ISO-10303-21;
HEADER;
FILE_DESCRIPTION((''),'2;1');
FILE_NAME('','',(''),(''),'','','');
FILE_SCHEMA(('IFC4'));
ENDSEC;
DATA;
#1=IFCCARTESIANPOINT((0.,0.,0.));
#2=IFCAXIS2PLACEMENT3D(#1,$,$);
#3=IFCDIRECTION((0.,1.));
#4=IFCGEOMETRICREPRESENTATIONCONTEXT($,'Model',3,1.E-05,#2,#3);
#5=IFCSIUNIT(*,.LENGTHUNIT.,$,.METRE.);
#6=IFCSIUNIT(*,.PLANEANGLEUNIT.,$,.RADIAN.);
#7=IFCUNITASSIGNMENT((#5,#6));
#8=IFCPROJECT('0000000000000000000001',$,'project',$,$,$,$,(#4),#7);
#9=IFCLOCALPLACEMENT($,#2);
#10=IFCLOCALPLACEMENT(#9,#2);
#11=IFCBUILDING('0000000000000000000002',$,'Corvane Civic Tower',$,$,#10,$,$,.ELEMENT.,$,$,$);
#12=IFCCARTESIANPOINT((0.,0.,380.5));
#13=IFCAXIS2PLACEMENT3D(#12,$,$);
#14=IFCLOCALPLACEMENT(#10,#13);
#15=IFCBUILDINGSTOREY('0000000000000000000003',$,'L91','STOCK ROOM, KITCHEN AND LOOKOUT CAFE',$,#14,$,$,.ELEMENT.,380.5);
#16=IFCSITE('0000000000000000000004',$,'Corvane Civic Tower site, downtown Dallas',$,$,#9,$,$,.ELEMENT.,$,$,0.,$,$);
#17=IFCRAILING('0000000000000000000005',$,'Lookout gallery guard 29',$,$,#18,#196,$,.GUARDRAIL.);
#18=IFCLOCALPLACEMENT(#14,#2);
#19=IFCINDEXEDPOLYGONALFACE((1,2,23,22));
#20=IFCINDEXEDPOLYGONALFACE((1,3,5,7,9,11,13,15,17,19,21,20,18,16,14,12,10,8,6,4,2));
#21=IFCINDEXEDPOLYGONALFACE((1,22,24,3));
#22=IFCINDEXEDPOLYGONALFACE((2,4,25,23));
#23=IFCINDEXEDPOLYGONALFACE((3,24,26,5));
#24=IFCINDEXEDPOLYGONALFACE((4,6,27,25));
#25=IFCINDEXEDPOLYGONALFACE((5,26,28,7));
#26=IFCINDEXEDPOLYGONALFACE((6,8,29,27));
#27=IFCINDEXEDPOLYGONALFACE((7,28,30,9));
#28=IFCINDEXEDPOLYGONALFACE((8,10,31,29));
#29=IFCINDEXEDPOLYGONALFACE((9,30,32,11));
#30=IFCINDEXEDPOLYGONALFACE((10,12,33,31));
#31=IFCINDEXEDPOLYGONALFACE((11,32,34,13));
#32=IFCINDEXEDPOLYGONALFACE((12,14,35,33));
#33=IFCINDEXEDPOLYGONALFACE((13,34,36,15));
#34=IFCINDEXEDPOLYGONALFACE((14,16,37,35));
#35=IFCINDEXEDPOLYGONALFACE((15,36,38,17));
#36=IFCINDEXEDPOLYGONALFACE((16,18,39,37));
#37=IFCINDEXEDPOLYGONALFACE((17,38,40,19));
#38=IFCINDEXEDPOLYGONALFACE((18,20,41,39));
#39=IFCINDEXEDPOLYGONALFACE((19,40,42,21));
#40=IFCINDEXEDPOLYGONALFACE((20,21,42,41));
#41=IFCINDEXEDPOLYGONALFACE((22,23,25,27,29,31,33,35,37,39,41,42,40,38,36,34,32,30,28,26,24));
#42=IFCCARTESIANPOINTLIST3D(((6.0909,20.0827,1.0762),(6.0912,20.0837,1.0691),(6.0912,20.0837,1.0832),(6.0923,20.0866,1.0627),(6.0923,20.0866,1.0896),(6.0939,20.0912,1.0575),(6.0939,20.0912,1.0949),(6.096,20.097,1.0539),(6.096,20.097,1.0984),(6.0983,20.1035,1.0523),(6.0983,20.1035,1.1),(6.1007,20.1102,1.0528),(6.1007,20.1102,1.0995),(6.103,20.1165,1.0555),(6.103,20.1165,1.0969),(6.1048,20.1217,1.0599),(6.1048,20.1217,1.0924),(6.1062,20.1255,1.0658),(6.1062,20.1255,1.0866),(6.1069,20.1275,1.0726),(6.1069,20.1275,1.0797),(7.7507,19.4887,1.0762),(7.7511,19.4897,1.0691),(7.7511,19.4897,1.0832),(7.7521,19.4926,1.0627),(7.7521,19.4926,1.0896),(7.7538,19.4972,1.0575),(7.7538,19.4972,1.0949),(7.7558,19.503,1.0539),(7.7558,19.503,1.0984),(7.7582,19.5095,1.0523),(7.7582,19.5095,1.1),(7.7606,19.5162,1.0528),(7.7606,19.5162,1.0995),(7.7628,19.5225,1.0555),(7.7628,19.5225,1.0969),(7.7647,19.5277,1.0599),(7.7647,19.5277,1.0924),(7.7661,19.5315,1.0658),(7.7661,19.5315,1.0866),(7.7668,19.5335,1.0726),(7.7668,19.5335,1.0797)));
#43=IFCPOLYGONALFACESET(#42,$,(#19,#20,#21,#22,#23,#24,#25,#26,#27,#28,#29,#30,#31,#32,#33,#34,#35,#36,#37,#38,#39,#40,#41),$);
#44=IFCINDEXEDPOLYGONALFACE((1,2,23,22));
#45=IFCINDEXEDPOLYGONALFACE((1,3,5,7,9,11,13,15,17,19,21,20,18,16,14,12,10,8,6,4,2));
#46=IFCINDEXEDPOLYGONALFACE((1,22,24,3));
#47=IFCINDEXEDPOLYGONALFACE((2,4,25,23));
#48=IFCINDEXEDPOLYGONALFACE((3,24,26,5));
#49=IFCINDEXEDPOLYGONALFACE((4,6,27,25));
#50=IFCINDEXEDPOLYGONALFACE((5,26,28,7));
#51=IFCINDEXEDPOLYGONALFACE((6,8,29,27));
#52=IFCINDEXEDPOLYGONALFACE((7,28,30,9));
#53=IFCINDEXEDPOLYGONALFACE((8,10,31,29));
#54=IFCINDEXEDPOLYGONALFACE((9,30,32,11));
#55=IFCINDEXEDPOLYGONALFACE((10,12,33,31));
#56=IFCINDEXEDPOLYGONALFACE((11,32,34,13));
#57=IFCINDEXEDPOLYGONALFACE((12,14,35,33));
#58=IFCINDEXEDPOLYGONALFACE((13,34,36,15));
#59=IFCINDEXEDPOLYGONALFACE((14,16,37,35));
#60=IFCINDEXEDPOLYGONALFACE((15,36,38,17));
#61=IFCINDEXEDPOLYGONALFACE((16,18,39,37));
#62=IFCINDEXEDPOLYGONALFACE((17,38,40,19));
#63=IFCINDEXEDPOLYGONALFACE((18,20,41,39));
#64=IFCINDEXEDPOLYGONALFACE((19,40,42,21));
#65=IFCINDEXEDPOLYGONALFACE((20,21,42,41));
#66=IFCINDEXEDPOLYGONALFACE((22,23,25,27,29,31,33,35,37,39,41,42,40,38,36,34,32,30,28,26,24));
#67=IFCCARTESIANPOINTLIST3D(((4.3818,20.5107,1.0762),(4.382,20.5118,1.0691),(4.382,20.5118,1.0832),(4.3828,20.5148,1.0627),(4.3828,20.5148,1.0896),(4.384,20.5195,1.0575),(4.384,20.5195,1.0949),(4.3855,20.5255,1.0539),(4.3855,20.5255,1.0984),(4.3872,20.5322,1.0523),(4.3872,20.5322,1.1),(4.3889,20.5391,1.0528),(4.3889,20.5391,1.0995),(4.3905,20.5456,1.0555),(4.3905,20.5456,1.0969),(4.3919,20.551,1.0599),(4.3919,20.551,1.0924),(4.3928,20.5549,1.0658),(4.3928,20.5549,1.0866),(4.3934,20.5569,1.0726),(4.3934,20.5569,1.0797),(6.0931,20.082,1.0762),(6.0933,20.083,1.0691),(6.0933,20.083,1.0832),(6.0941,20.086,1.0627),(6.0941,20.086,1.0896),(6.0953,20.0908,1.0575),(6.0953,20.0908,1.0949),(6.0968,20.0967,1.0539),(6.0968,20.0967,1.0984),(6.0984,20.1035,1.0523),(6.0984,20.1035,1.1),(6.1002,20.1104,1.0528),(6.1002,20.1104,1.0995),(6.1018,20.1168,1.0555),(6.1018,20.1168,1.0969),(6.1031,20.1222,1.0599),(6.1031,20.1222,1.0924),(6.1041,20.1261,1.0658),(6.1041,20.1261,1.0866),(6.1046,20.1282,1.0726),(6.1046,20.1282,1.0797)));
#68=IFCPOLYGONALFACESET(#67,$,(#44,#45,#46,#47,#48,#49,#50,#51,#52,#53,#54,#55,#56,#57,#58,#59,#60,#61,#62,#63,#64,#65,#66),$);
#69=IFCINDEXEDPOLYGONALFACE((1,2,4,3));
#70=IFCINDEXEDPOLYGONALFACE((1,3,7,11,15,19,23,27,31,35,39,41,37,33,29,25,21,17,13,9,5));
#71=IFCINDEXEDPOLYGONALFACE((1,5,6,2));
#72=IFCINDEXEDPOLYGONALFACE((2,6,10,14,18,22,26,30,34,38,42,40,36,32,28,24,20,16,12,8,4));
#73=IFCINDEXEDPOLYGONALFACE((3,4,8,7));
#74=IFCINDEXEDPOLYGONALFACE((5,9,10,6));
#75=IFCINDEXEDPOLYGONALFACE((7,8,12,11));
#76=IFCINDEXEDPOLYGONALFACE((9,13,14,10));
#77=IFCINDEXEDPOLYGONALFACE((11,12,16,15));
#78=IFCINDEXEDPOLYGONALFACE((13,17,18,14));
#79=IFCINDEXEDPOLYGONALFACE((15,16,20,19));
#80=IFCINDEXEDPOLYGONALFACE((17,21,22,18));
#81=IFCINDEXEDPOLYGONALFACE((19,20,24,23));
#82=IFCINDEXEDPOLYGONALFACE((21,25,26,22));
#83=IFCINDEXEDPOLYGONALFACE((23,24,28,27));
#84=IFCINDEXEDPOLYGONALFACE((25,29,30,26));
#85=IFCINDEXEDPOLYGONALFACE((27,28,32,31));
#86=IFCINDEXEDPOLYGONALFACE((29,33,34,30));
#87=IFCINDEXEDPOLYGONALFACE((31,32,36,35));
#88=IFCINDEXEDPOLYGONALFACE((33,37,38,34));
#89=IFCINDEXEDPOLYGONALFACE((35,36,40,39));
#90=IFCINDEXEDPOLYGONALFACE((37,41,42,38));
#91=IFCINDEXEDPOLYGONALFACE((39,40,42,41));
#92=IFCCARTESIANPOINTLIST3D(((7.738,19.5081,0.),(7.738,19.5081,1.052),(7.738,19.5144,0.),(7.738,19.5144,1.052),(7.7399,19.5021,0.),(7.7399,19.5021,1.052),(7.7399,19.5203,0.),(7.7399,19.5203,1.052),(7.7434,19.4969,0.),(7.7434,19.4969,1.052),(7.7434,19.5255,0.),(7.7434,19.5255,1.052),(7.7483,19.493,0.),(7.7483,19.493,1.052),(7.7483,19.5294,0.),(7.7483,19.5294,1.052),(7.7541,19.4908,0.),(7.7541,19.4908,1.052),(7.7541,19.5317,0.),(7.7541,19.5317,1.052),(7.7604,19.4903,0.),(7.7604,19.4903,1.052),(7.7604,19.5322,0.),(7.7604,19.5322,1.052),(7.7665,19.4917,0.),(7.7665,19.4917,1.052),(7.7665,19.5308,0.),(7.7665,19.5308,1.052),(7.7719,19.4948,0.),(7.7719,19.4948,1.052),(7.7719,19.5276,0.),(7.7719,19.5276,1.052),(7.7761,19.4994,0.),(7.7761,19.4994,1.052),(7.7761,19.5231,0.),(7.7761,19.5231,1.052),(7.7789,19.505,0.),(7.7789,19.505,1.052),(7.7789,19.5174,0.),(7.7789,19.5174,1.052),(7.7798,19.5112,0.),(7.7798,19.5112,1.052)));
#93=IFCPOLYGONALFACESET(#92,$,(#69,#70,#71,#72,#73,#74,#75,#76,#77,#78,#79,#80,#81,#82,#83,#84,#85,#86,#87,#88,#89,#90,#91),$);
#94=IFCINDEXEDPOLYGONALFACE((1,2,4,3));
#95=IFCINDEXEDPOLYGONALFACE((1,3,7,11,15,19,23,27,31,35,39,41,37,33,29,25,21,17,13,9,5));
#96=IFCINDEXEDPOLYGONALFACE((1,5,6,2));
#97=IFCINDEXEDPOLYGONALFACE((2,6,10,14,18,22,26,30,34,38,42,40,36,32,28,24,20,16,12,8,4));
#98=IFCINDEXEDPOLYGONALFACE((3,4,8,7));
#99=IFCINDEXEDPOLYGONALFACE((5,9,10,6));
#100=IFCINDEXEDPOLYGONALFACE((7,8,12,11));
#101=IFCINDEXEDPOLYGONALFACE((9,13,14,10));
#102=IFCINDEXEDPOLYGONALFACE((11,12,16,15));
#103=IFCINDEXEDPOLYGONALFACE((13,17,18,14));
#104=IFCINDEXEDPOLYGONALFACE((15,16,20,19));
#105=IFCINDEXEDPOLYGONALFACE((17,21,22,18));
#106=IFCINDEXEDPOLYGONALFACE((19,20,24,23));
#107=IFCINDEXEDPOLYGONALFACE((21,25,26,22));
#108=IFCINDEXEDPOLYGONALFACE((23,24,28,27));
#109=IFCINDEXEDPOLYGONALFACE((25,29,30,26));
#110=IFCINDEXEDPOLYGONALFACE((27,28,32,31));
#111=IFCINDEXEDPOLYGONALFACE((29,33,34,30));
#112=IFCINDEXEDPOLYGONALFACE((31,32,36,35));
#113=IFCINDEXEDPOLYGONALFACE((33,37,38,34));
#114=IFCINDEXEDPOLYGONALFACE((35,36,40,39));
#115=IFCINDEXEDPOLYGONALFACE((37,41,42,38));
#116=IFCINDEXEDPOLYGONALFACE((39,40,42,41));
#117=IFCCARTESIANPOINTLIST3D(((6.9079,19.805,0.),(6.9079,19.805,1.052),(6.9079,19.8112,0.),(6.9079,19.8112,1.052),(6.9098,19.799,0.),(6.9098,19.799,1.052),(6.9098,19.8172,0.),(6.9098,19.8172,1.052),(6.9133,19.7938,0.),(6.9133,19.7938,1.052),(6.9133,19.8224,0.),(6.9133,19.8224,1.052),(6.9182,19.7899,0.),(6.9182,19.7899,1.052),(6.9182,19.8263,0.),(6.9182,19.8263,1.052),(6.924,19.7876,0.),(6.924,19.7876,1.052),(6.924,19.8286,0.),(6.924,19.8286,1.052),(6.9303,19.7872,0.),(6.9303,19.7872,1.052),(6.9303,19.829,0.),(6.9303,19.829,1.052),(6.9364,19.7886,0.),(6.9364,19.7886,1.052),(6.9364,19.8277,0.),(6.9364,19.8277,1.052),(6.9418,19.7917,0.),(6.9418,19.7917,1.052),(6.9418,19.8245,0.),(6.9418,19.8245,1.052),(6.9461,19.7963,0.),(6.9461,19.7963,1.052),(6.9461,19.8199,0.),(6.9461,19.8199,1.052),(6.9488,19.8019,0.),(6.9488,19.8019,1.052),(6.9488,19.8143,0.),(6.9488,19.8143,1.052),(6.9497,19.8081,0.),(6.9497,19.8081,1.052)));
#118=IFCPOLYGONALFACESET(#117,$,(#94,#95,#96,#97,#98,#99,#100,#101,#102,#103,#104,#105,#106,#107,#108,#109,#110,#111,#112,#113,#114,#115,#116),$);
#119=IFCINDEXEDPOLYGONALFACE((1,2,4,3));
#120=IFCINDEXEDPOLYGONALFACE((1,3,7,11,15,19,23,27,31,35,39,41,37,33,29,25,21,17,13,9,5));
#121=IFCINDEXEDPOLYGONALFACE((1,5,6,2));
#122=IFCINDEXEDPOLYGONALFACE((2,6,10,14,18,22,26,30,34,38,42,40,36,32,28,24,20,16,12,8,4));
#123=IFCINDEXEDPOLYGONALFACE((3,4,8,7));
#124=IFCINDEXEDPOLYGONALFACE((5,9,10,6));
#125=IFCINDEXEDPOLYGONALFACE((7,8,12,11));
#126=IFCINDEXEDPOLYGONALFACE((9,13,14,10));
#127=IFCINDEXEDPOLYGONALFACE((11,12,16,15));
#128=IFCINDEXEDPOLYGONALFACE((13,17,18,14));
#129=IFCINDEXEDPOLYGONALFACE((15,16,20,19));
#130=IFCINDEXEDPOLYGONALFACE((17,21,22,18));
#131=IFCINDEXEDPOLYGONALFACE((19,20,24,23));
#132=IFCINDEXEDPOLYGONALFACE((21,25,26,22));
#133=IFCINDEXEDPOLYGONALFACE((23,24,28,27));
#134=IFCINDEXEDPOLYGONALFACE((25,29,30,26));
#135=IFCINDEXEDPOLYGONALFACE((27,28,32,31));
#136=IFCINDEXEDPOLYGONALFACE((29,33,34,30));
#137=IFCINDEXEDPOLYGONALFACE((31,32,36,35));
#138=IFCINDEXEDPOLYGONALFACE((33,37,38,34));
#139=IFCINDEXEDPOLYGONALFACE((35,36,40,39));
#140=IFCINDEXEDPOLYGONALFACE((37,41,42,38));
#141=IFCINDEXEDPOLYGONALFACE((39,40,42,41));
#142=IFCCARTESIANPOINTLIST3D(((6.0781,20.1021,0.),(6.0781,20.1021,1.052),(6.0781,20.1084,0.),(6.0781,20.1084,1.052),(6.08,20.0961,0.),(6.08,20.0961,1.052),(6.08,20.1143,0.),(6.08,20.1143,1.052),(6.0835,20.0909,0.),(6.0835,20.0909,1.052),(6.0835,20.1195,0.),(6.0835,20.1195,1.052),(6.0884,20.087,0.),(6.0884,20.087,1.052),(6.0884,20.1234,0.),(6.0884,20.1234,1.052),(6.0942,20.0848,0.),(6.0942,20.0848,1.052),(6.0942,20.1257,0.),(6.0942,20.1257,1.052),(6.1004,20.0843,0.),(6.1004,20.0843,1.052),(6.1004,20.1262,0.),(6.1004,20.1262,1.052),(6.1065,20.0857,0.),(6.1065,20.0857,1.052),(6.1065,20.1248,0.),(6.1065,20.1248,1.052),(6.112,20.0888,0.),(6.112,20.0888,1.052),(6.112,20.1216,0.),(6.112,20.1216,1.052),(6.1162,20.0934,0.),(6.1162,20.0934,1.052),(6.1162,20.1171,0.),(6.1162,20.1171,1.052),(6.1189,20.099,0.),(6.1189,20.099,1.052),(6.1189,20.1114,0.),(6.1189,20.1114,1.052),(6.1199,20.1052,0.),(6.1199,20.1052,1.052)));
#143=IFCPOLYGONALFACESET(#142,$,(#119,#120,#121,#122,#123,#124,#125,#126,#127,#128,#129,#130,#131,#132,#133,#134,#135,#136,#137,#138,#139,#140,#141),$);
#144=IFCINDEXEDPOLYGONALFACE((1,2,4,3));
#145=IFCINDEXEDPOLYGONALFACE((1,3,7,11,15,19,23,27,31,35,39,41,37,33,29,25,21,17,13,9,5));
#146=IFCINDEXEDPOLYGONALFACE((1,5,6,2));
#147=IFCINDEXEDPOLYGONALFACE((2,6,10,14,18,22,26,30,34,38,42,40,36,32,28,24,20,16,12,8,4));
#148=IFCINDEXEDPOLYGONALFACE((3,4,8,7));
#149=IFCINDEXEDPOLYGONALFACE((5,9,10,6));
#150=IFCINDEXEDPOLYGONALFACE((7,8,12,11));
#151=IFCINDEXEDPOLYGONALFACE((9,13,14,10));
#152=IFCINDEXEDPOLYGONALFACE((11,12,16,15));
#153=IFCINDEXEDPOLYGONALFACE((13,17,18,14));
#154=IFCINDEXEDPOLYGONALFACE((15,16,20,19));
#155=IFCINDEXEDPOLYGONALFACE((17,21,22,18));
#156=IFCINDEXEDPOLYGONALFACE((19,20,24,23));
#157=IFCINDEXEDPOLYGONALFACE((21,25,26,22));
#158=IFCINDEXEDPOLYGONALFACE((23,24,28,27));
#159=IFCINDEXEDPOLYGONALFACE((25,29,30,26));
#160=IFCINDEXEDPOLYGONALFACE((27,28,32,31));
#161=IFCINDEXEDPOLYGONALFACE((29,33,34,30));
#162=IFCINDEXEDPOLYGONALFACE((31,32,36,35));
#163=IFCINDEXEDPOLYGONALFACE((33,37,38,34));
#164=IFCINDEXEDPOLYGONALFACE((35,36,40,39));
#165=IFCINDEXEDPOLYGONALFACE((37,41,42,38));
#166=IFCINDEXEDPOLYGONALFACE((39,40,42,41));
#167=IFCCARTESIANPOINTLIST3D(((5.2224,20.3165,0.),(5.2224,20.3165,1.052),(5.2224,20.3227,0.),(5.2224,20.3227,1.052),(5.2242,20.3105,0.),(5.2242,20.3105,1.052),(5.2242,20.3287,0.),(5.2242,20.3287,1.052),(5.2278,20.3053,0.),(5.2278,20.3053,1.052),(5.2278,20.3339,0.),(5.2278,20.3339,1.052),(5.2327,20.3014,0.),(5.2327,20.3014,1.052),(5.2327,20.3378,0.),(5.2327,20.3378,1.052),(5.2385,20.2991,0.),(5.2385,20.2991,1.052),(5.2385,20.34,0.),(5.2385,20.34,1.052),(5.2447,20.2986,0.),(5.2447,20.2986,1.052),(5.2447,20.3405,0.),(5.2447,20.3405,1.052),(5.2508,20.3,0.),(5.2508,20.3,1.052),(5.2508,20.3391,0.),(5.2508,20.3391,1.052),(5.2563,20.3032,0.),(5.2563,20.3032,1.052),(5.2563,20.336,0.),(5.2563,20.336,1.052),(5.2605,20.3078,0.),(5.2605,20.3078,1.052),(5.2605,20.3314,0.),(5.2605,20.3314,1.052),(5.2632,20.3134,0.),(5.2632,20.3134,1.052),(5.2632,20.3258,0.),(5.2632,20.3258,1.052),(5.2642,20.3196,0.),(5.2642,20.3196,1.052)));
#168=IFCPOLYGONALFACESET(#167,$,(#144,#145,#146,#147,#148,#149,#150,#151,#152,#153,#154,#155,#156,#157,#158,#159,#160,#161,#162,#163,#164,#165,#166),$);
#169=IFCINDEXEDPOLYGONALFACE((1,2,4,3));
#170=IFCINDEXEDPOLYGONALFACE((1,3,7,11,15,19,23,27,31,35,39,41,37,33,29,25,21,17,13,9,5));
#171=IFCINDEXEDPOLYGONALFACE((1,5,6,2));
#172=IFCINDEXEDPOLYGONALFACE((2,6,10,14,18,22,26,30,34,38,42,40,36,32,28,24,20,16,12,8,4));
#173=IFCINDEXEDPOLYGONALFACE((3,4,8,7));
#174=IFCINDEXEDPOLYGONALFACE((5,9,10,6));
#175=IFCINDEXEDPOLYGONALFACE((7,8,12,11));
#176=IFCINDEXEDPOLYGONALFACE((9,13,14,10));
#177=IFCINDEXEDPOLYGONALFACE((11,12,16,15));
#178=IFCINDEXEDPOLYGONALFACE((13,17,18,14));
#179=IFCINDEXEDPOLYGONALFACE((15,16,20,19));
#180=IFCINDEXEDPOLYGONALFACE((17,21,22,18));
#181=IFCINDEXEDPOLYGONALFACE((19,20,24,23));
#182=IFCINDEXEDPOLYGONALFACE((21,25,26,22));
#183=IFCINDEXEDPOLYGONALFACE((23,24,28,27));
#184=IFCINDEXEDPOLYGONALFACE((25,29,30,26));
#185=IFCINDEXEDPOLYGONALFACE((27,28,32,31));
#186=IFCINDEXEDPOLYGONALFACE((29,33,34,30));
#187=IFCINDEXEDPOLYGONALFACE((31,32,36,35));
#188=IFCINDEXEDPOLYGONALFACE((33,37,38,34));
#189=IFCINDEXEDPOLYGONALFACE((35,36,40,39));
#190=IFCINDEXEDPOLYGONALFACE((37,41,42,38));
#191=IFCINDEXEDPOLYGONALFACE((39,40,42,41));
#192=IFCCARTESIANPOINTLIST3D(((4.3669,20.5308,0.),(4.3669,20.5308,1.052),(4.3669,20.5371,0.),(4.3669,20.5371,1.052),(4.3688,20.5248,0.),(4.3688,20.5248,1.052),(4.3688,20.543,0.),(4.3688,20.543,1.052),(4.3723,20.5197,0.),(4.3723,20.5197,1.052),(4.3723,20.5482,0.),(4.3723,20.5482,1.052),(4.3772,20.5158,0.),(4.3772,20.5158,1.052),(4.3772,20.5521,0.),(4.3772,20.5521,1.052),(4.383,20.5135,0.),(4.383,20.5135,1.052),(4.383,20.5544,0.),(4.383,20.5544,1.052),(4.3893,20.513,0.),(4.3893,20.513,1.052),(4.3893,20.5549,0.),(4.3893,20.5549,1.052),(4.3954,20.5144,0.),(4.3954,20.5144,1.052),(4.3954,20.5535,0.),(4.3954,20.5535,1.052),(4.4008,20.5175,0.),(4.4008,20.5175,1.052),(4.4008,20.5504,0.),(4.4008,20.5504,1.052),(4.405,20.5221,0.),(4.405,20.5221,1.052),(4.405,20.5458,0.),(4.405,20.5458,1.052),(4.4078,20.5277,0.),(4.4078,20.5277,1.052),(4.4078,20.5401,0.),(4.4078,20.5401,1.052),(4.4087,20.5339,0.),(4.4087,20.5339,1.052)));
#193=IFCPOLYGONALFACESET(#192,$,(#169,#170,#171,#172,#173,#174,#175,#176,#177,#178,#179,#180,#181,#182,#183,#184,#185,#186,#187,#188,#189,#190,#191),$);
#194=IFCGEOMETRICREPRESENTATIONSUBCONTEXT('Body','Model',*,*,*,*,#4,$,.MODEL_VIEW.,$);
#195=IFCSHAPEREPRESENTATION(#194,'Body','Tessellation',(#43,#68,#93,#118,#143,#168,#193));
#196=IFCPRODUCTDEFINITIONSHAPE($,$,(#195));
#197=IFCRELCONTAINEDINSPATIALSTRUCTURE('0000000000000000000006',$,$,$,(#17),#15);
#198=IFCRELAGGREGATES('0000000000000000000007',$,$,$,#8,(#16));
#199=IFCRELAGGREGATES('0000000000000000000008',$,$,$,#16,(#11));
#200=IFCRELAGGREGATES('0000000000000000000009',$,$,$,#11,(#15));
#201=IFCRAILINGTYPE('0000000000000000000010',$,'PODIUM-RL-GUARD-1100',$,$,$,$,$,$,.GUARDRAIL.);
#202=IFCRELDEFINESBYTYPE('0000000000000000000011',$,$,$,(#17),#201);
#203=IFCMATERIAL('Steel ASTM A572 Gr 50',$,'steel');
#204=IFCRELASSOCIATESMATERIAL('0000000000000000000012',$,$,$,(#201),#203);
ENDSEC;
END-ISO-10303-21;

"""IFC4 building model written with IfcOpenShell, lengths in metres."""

from ifc_helpers import new_model, si_unit, direction, frame, origin, origin_2d, place, context, subcontext, project, spatial, circle, extrude, material, type_object, element, save


model = new_model("IFC4")

# Units and contexts
model_context = context("Model", 3, precision=1e-05, world=origin(), true_north=direction((0.0, 1.0)))
body_context = subcontext(model_context, "Body", "Model", "MODEL_VIEW")
ifc_project = project(units=[si_unit("LENGTHUNIT", "METRE"), si_unit("PLANEANGLEUNIT", "RADIAN")], contexts=[model_context])

# Site, building, storey
site_placement = place(None, origin())
site = spatial("IfcSite", under=ifc_project, at=site_placement, Name="Corvane Civic Tower site, downtown Dallas", CompositionType="ELEMENT", RefElevation=0.0)
building_placement = place(site_placement, origin())
building = spatial("IfcBuilding", under=site, at=building_placement, Name="Corvane Civic Tower", CompositionType="ELEMENT")
storey_placement = place(building_placement, frame((0.0, 0.0, 380.5)))
storey = spatial("IfcBuildingStorey", under=building, at=storey_placement, Name="L91", Description="STOCK ROOM, KITCHEN AND LOOKOUT CAFE", CompositionType="ELEMENT", Elevation=380.5)

# Railing
ifc_material_1 = material(Name="Steel ASTM A572 Gr 50", Category="steel")
railing_type = type_object("IfcRailingType", Name="PODIUM-RL-GUARD-1100", PredefinedType="GUARDRAIL", material=ifc_material_1)
railing_1_placement = place(storey_placement, frame((7.7588, 19.5112, 0.0)))
element("IfcRailing", 1, at=railing_1_placement, inside=storey, type_object=railing_type, Name="Lookout gallery guard 29", PredefinedType="GUARDRAIL", context=body_context, shape_type="SweptSolid", body=[
    extrude(circle(Radius=0.0239, at=origin_2d()), frame((0.0, 0.0, 1.0762), z_axis=(-0.941532, 0.336924, 0.0), x_axis=(-0.336924, -0.941532, 0.0)), (0.0, 0.0, 1.0), 1.7629),
    extrude(circle(Radius=0.0239, at=origin_2d()), frame((-1.6599, 0.594, 1.0762), z_axis=(-0.97002, 0.243024, 0.0), x_axis=(-0.243024, -0.97002, 0.0)), (0.0, 0.0, 1.0), 1.7642),
    extrude(circle(Radius=0.021, at=origin_2d()), origin(), (0.0, 0.0, 1.0), 1.052),
    extrude(circle(Radius=0.021, at=origin_2d()), frame((-0.8301, 0.2969, 0.0)), (0.0, 0.0, 1.0), 1.052),
    extrude(circle(Radius=0.021, at=origin_2d()), frame((-1.6599, 0.594, 0.0)), (0.0, 0.0, 1.0), 1.052),
    extrude(circle(Radius=0.021, at=origin_2d()), frame((-2.5156, 0.8083, 0.0)), (0.0, 0.0, 1.0), 1.052),
    extrude(circle(Radius=0.021, at=origin_2d()), frame((-3.3711, 1.0227, 0.0)), (0.0, 0.0, 1.0), 1.052),
])

save(model, "model.ifc")
